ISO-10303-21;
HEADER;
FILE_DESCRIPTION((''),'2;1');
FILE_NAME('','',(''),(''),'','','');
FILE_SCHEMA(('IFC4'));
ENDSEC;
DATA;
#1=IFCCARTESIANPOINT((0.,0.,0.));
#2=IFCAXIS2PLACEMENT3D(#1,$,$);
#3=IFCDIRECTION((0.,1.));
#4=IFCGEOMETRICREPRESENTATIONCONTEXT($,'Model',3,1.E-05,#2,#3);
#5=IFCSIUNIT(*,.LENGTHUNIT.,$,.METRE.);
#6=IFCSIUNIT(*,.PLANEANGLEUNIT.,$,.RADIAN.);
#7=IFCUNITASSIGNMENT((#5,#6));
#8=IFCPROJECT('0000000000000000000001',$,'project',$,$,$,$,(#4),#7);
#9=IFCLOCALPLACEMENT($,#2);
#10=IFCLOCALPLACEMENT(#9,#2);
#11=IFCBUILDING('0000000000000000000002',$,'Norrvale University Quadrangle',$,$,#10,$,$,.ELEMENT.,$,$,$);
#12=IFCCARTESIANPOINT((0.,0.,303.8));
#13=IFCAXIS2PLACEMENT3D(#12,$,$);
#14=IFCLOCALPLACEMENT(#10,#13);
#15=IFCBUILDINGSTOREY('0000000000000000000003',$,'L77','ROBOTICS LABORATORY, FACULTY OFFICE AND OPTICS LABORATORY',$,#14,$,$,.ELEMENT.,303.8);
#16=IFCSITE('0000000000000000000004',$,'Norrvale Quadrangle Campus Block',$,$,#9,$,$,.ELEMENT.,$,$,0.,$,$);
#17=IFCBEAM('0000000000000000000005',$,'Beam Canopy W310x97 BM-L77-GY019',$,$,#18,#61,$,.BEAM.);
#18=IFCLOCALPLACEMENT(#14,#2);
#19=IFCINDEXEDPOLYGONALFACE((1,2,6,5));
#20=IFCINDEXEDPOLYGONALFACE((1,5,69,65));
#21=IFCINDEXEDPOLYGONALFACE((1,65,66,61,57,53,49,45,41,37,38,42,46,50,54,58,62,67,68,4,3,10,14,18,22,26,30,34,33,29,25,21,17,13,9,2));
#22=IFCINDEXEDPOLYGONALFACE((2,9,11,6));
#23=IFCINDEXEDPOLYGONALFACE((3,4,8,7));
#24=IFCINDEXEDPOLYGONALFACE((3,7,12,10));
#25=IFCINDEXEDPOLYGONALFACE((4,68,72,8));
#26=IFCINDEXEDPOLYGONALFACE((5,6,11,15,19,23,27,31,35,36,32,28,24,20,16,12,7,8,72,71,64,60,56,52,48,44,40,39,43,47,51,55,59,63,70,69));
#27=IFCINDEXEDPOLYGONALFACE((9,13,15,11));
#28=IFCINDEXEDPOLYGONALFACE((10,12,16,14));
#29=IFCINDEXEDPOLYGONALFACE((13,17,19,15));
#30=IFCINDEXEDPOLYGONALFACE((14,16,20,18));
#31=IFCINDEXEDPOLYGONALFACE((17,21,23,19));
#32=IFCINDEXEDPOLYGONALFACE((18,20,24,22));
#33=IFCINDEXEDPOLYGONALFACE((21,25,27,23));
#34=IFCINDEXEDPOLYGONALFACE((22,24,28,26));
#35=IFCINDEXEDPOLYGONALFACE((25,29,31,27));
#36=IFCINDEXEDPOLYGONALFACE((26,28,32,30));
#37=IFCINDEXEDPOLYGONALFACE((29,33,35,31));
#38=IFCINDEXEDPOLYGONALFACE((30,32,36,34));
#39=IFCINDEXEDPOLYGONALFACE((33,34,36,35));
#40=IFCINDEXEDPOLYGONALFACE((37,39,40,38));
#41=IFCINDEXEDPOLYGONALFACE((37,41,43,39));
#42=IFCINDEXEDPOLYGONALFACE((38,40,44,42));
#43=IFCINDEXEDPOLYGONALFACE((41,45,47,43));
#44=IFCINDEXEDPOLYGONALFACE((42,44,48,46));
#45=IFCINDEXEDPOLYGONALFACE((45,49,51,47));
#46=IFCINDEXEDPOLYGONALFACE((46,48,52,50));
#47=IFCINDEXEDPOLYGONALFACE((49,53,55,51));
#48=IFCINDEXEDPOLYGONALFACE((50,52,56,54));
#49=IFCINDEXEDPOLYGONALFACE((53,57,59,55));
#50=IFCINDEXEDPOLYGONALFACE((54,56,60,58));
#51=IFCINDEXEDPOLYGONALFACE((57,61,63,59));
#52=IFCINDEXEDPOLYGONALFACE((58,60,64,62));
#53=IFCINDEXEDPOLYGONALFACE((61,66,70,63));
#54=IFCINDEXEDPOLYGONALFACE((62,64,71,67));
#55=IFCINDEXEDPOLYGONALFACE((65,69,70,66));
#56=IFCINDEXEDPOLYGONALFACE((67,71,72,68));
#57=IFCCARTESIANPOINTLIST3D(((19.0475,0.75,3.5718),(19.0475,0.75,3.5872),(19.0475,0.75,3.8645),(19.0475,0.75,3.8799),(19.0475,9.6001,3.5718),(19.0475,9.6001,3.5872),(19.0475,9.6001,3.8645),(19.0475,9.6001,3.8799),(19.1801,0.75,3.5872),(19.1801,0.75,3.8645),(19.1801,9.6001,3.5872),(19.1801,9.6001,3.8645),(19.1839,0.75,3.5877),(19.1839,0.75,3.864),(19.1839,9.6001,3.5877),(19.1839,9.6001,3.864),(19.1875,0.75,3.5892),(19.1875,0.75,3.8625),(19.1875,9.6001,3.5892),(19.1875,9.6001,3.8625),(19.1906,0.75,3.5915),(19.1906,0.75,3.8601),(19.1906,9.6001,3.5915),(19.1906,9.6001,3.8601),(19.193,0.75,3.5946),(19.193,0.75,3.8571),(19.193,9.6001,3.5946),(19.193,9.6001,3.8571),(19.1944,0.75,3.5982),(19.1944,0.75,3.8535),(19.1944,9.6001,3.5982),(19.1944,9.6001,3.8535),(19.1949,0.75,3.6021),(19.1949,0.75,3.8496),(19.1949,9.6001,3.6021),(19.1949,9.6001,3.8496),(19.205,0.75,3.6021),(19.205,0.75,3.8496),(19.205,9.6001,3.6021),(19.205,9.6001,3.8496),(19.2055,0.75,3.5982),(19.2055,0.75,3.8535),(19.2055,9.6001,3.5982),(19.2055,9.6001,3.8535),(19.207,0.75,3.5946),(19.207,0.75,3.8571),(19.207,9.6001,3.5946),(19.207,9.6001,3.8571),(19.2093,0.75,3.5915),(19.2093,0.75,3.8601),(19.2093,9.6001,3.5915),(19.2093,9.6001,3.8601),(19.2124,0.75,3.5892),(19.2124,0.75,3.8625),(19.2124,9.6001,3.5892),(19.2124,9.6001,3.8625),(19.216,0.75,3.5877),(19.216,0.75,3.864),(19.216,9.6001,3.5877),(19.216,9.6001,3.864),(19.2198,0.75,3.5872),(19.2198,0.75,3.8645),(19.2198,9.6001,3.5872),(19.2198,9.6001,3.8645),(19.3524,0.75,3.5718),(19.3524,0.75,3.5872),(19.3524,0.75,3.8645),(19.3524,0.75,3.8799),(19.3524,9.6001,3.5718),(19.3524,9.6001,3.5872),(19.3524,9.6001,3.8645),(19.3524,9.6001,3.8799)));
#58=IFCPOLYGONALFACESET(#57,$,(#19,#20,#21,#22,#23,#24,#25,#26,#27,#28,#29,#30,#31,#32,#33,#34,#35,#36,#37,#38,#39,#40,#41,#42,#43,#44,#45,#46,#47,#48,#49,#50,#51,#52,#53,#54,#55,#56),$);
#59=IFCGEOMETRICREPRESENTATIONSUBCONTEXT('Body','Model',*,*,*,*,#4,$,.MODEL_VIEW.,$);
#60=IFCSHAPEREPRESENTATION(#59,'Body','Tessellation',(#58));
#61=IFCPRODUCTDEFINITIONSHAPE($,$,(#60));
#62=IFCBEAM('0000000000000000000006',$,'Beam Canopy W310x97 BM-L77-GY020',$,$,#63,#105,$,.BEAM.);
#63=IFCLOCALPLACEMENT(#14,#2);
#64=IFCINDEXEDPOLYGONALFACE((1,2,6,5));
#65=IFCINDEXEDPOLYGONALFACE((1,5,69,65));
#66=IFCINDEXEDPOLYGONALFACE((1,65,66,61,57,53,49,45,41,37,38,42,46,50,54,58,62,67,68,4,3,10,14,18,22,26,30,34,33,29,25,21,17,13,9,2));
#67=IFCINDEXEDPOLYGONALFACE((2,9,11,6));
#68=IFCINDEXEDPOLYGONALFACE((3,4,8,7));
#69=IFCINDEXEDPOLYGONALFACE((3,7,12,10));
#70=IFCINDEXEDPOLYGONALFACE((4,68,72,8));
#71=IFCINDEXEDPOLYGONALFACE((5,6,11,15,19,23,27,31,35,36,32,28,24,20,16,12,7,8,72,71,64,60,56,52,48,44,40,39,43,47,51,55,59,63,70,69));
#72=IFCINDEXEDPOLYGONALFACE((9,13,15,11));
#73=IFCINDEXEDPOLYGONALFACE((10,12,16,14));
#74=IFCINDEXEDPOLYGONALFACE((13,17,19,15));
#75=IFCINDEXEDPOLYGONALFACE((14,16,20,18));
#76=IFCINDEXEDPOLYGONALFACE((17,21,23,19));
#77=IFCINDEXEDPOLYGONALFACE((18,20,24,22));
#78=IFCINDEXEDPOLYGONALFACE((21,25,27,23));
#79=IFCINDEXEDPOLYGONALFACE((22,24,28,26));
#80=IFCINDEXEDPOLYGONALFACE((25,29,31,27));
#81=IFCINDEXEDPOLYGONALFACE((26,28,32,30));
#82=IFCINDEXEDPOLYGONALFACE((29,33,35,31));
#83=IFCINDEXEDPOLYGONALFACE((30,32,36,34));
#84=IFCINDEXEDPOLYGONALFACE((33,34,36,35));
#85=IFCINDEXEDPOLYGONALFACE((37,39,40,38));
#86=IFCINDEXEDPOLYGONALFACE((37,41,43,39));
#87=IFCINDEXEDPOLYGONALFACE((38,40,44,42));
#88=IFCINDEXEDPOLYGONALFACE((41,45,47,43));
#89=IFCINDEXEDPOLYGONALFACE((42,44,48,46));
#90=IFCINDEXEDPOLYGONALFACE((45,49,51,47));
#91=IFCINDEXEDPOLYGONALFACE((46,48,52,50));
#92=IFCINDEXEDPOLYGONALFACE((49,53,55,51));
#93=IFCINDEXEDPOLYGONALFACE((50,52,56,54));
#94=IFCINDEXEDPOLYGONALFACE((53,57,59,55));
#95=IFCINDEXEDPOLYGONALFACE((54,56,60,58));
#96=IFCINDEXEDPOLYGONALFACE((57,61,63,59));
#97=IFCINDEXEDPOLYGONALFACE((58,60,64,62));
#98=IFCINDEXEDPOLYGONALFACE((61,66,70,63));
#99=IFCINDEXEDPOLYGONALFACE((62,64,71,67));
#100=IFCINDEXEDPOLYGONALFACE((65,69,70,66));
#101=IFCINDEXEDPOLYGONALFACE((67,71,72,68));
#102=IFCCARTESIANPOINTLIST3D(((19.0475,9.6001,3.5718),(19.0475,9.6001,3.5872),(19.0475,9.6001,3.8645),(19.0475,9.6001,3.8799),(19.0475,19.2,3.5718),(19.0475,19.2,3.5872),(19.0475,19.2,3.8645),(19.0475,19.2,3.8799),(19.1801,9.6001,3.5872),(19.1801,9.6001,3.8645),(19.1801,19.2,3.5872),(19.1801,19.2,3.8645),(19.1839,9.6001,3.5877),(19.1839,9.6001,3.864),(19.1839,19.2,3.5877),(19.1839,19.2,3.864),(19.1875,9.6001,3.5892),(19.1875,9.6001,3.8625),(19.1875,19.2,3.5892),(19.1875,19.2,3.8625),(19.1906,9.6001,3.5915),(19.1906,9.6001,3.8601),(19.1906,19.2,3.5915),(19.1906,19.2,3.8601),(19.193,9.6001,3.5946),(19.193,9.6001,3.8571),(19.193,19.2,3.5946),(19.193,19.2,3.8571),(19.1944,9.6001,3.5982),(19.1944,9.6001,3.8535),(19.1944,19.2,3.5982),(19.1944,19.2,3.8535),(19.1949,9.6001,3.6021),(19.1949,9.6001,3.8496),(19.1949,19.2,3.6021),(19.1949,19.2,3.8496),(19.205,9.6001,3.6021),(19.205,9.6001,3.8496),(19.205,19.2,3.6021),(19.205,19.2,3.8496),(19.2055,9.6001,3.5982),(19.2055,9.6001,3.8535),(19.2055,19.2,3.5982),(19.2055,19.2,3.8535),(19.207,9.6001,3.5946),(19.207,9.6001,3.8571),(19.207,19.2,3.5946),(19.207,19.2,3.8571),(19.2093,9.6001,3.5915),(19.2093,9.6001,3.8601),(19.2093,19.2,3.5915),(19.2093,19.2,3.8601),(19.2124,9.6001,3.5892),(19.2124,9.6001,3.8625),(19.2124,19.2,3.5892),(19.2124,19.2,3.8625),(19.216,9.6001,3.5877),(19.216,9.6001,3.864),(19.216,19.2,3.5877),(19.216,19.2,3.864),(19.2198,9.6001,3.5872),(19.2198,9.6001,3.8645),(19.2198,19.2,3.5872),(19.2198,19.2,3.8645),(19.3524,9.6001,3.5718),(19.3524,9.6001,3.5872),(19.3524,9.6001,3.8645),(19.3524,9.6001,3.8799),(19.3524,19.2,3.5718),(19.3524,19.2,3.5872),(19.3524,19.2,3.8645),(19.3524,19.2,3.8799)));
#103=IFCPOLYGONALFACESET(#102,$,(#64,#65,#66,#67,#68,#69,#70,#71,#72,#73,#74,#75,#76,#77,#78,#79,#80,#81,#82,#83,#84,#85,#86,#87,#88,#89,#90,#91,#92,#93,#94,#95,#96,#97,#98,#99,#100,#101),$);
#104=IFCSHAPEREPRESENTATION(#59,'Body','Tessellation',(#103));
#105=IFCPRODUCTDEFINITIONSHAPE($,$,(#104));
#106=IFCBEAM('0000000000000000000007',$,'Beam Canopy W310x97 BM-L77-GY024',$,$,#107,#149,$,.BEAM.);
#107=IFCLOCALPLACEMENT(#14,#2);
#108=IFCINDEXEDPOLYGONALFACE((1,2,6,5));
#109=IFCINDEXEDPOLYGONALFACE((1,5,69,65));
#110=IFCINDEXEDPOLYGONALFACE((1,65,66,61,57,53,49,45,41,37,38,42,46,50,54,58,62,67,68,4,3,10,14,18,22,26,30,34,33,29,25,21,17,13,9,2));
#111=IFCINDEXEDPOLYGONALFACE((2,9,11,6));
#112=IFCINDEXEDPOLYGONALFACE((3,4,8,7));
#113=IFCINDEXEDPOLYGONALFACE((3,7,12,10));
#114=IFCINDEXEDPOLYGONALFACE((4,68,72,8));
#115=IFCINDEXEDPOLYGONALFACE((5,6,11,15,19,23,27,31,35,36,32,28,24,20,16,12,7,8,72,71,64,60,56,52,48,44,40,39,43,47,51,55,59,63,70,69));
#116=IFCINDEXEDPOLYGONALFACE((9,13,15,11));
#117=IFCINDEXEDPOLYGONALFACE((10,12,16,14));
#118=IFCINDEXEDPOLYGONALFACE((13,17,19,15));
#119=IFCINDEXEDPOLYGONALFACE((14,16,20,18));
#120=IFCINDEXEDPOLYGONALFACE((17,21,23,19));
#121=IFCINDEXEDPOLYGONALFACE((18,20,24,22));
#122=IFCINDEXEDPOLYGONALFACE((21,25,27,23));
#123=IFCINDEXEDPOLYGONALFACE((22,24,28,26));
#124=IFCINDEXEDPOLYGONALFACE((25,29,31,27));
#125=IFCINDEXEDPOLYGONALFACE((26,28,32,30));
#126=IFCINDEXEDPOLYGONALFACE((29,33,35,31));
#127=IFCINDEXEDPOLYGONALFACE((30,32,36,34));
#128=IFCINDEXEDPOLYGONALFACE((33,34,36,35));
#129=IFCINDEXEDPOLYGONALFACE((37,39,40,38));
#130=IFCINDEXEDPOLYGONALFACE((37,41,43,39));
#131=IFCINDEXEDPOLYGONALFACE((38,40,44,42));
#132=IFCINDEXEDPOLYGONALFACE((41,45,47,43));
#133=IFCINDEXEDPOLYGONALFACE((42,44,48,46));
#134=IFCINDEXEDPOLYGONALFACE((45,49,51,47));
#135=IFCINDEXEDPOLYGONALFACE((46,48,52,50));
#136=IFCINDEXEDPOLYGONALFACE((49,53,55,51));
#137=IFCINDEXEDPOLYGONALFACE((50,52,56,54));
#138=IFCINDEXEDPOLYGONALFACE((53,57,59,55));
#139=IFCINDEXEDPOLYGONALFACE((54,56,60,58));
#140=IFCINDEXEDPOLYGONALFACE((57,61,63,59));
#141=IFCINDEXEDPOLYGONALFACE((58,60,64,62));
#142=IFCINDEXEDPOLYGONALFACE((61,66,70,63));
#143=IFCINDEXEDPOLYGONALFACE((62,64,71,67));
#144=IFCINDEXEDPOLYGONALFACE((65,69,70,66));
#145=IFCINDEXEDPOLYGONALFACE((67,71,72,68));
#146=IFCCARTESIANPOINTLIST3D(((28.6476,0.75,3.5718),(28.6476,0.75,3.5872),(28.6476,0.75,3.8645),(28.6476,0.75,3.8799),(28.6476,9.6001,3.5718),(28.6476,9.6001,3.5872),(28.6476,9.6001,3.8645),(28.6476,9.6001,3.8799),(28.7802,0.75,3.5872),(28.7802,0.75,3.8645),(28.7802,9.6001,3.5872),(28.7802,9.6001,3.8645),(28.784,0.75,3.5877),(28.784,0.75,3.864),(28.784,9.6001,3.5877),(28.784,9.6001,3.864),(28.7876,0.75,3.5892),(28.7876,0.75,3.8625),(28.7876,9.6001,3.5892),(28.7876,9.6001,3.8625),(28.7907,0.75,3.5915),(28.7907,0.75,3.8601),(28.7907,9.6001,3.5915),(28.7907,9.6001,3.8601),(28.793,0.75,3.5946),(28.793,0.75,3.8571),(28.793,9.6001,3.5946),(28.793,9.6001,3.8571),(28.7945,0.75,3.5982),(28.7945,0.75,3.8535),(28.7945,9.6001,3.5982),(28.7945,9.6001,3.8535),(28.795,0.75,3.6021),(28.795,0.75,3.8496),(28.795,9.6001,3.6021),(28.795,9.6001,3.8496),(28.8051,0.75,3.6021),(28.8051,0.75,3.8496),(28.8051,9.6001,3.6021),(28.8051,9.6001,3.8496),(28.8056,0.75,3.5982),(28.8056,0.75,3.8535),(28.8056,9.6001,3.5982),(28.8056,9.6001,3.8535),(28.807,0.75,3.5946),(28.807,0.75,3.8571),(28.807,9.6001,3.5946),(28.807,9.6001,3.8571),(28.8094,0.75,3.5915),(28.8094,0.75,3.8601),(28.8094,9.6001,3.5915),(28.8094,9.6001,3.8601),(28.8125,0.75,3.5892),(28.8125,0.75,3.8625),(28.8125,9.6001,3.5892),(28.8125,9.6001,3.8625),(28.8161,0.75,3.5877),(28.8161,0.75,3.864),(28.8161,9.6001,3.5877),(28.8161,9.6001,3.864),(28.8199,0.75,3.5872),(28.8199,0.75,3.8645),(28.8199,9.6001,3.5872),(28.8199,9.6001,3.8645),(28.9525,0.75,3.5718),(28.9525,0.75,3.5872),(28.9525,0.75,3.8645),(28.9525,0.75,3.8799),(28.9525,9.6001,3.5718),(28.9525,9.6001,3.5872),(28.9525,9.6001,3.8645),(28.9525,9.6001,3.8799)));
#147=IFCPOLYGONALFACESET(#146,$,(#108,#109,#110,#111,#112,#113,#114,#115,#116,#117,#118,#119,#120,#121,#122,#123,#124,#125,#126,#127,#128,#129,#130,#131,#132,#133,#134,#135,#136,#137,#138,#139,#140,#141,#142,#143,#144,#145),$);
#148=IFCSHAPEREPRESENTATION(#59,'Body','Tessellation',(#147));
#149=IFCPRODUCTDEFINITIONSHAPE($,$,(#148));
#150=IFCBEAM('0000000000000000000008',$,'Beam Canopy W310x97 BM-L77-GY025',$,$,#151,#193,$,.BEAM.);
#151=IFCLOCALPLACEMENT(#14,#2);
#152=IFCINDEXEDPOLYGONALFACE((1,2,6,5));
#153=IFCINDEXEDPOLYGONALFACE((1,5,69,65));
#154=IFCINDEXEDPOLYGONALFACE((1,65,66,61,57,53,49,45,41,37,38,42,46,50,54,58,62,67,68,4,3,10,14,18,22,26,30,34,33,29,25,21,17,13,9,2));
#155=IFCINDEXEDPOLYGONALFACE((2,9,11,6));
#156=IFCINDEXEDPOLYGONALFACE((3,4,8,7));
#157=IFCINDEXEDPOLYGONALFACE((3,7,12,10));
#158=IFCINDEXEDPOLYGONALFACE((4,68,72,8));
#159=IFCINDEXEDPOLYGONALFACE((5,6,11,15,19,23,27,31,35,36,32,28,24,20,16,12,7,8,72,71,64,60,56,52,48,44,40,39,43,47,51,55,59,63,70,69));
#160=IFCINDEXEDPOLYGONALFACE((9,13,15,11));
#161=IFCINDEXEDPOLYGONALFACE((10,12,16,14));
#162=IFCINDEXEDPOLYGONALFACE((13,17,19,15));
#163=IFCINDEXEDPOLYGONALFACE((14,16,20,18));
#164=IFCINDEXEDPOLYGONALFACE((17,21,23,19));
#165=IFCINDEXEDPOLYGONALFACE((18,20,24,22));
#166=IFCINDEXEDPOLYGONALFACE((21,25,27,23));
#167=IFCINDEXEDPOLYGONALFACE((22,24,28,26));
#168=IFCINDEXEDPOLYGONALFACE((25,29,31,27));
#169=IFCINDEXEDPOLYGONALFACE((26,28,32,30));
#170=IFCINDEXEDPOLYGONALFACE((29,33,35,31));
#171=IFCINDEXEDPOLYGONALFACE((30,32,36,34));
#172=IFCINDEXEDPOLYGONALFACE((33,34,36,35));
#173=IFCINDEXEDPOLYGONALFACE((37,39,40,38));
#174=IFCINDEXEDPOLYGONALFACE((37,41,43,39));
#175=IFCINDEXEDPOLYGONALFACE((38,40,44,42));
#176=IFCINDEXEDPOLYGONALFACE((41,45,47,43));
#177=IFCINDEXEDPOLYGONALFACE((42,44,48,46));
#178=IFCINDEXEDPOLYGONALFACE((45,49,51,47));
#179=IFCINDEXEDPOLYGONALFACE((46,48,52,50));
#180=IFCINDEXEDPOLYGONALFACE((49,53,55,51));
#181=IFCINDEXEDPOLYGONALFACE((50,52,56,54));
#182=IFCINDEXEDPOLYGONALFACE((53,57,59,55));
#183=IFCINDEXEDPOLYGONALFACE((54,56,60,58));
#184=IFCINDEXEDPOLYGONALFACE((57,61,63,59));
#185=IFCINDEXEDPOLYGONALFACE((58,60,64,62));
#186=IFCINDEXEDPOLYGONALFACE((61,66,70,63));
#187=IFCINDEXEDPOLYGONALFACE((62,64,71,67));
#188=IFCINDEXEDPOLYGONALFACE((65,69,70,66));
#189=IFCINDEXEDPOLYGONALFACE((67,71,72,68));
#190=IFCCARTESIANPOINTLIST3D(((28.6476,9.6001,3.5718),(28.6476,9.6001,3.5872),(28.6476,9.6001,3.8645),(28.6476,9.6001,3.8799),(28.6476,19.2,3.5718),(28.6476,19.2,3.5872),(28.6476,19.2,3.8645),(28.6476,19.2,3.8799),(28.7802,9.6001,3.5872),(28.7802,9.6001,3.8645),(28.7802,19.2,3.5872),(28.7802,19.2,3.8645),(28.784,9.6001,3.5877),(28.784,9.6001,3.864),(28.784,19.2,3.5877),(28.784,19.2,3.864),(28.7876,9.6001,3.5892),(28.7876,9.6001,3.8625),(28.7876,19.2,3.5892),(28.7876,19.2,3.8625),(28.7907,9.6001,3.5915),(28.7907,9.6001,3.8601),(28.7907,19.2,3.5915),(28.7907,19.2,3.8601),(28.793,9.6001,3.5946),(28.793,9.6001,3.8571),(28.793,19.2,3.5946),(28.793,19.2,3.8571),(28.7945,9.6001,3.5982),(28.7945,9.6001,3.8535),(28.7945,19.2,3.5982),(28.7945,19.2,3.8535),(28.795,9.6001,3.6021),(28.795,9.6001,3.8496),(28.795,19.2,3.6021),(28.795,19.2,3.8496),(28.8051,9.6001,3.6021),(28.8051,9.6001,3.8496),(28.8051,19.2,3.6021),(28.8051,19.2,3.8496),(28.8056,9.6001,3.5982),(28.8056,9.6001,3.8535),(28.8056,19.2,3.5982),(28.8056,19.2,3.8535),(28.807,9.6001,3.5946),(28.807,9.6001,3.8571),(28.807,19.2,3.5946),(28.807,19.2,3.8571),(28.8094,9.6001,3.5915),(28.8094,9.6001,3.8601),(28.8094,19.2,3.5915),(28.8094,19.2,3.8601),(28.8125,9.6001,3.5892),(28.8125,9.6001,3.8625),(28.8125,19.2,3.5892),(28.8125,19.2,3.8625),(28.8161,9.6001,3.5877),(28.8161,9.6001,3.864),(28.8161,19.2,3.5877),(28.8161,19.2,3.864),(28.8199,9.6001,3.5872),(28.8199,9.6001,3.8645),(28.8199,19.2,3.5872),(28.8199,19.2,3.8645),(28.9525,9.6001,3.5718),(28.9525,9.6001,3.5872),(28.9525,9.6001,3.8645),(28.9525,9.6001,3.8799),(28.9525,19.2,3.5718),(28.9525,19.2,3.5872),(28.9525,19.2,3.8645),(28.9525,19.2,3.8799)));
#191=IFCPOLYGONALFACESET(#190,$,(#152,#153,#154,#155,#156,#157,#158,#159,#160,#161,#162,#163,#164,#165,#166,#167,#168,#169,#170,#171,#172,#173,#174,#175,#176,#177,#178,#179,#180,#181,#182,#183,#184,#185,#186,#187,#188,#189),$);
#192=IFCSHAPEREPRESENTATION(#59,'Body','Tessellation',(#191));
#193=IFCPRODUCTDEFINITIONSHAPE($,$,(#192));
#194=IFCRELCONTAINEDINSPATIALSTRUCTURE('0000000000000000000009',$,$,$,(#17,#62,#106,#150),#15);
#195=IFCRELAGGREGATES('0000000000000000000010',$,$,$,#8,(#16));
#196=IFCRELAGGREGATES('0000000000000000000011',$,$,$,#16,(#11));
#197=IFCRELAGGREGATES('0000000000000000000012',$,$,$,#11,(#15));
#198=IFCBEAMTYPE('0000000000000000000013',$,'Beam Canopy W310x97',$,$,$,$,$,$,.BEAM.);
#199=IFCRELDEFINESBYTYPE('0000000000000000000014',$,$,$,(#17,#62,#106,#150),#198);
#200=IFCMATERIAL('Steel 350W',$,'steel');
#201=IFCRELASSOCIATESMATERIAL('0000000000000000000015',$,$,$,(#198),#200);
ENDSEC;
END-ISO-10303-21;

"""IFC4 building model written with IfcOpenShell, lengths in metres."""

from ifc_helpers import new_model, si_unit, direction, frame, origin, origin_2d, place, context, subcontext, project, spatial, i_section, extrude, material, material_profile, profile_set, type_object, element, save


model = new_model("IFC4")

# Units and contexts
model_context = context("Model", 3, precision=1e-05, world=origin(), true_north=direction((0.0, 1.0)))
body_context = subcontext(model_context, "Body", "Model", "MODEL_VIEW")
ifc_project = project(units=[si_unit("LENGTHUNIT", "METRE"), si_unit("PLANEANGLEUNIT", "RADIAN")], contexts=[model_context])

# Site, building, storey
site_placement = place(None, origin())
site = spatial("IfcSite", under=ifc_project, at=site_placement, Name="Norrvale Quadrangle Campus Block", CompositionType="ELEMENT", RefElevation=0.0)
building_placement = place(site_placement, origin())
building = spatial("IfcBuilding", under=site, at=building_placement, Name="Norrvale University Quadrangle", CompositionType="ELEMENT")
storey_placement = place(building_placement, frame((0.0, 0.0, 303.8)))
storey = spatial("IfcBuildingStorey", under=building, at=storey_placement, Name="L77", Description="ROBOTICS LABORATORY, FACULTY OFFICE AND OPTICS LABORATORY", CompositionType="ELEMENT", Elevation=303.8)

# Beams
ifc_material_1 = material(Name="Steel 350W", Category="steel")
ifc_material_profile_1 = material_profile(ifc_material_1, i_section(OverallWidth=0.3049, OverallDepth=0.3081, WebThickness=0.01, FlangeThickness=0.0154, FilletRadius=0.0149, at=origin_2d()), Name="Steel 350W")
ifc_profile_set_1 = profile_set([ifc_material_profile_1], Name="Steel 350W")
beam_type_1 = type_object("IfcBeamType", Name="Beam Canopy W310x97", PredefinedType="BEAM", material=ifc_profile_set_1)
beam_1_placement = place(storey_placement, frame((19.2, 0.75, 3.7258), z_axis=(0.0, 1.0, 0.0), x_axis=(-1.0, 0.0, 0.0)))
element("IfcBeam", 1, at=beam_1_placement, inside=storey, type_object=beam_type_1, Name="Beam Canopy W310x97 BM-L77-GY019", PredefinedType="BEAM", context=body_context, shape_type="SweptSolid", body=[
    extrude(i_section(OverallWidth=0.3049, OverallDepth=0.3081, WebThickness=0.01, FlangeThickness=0.0154, FilletRadius=0.0149, at=origin_2d()), origin(), (0.0, 0.0, 1.0), 8.8501),
])
beam_2_placement = place(storey_placement, frame((19.2, 9.6001, 3.7258), z_axis=(0.0, 1.0, 0.0), x_axis=(-1.0, 0.0, 0.0)))
element("IfcBeam", 2, at=beam_2_placement, inside=storey, type_object=beam_type_1, Name="Beam Canopy W310x97 BM-L77-GY020", PredefinedType="BEAM", context=body_context, shape_type="SweptSolid", body=[
    extrude(i_section(OverallWidth=0.3049, OverallDepth=0.3081, WebThickness=0.01, FlangeThickness=0.0154, FilletRadius=0.0149, at=origin_2d()), origin(), (0.0, 0.0, 1.0), 9.5999),
])
beam_3_placement = place(storey_placement, frame((28.8, 0.75, 3.7258), z_axis=(0.0, 1.0, 0.0), x_axis=(-1.0, 0.0, 0.0)))
element("IfcBeam", 3, at=beam_3_placement, inside=storey, type_object=beam_type_1, Name="Beam Canopy W310x97 BM-L77-GY024", PredefinedType="BEAM", context=body_context, shape_type="SweptSolid", body=[
    extrude(i_section(OverallWidth=0.3049, OverallDepth=0.3081, WebThickness=0.01, FlangeThickness=0.0154, FilletRadius=0.0149, at=origin_2d()), origin(), (0.0, 0.0, 1.0), 8.8501),
])
beam_4_placement = place(storey_placement, frame((28.8, 9.6001, 3.7258), z_axis=(0.0, 1.0, 0.0), x_axis=(-1.0, 0.0, 0.0)))
element("IfcBeam", 4, at=beam_4_placement, inside=storey, type_object=beam_type_1, Name="Beam Canopy W310x97 BM-L77-GY025", PredefinedType="BEAM", context=body_context, shape_type="SweptSolid", body=[
    extrude(i_section(OverallWidth=0.3049, OverallDepth=0.3081, WebThickness=0.01, FlangeThickness=0.0154, FilletRadius=0.0149, at=origin_2d()), origin(), (0.0, 0.0, 1.0), 9.5999),
])

save(model, "model.ifc")
